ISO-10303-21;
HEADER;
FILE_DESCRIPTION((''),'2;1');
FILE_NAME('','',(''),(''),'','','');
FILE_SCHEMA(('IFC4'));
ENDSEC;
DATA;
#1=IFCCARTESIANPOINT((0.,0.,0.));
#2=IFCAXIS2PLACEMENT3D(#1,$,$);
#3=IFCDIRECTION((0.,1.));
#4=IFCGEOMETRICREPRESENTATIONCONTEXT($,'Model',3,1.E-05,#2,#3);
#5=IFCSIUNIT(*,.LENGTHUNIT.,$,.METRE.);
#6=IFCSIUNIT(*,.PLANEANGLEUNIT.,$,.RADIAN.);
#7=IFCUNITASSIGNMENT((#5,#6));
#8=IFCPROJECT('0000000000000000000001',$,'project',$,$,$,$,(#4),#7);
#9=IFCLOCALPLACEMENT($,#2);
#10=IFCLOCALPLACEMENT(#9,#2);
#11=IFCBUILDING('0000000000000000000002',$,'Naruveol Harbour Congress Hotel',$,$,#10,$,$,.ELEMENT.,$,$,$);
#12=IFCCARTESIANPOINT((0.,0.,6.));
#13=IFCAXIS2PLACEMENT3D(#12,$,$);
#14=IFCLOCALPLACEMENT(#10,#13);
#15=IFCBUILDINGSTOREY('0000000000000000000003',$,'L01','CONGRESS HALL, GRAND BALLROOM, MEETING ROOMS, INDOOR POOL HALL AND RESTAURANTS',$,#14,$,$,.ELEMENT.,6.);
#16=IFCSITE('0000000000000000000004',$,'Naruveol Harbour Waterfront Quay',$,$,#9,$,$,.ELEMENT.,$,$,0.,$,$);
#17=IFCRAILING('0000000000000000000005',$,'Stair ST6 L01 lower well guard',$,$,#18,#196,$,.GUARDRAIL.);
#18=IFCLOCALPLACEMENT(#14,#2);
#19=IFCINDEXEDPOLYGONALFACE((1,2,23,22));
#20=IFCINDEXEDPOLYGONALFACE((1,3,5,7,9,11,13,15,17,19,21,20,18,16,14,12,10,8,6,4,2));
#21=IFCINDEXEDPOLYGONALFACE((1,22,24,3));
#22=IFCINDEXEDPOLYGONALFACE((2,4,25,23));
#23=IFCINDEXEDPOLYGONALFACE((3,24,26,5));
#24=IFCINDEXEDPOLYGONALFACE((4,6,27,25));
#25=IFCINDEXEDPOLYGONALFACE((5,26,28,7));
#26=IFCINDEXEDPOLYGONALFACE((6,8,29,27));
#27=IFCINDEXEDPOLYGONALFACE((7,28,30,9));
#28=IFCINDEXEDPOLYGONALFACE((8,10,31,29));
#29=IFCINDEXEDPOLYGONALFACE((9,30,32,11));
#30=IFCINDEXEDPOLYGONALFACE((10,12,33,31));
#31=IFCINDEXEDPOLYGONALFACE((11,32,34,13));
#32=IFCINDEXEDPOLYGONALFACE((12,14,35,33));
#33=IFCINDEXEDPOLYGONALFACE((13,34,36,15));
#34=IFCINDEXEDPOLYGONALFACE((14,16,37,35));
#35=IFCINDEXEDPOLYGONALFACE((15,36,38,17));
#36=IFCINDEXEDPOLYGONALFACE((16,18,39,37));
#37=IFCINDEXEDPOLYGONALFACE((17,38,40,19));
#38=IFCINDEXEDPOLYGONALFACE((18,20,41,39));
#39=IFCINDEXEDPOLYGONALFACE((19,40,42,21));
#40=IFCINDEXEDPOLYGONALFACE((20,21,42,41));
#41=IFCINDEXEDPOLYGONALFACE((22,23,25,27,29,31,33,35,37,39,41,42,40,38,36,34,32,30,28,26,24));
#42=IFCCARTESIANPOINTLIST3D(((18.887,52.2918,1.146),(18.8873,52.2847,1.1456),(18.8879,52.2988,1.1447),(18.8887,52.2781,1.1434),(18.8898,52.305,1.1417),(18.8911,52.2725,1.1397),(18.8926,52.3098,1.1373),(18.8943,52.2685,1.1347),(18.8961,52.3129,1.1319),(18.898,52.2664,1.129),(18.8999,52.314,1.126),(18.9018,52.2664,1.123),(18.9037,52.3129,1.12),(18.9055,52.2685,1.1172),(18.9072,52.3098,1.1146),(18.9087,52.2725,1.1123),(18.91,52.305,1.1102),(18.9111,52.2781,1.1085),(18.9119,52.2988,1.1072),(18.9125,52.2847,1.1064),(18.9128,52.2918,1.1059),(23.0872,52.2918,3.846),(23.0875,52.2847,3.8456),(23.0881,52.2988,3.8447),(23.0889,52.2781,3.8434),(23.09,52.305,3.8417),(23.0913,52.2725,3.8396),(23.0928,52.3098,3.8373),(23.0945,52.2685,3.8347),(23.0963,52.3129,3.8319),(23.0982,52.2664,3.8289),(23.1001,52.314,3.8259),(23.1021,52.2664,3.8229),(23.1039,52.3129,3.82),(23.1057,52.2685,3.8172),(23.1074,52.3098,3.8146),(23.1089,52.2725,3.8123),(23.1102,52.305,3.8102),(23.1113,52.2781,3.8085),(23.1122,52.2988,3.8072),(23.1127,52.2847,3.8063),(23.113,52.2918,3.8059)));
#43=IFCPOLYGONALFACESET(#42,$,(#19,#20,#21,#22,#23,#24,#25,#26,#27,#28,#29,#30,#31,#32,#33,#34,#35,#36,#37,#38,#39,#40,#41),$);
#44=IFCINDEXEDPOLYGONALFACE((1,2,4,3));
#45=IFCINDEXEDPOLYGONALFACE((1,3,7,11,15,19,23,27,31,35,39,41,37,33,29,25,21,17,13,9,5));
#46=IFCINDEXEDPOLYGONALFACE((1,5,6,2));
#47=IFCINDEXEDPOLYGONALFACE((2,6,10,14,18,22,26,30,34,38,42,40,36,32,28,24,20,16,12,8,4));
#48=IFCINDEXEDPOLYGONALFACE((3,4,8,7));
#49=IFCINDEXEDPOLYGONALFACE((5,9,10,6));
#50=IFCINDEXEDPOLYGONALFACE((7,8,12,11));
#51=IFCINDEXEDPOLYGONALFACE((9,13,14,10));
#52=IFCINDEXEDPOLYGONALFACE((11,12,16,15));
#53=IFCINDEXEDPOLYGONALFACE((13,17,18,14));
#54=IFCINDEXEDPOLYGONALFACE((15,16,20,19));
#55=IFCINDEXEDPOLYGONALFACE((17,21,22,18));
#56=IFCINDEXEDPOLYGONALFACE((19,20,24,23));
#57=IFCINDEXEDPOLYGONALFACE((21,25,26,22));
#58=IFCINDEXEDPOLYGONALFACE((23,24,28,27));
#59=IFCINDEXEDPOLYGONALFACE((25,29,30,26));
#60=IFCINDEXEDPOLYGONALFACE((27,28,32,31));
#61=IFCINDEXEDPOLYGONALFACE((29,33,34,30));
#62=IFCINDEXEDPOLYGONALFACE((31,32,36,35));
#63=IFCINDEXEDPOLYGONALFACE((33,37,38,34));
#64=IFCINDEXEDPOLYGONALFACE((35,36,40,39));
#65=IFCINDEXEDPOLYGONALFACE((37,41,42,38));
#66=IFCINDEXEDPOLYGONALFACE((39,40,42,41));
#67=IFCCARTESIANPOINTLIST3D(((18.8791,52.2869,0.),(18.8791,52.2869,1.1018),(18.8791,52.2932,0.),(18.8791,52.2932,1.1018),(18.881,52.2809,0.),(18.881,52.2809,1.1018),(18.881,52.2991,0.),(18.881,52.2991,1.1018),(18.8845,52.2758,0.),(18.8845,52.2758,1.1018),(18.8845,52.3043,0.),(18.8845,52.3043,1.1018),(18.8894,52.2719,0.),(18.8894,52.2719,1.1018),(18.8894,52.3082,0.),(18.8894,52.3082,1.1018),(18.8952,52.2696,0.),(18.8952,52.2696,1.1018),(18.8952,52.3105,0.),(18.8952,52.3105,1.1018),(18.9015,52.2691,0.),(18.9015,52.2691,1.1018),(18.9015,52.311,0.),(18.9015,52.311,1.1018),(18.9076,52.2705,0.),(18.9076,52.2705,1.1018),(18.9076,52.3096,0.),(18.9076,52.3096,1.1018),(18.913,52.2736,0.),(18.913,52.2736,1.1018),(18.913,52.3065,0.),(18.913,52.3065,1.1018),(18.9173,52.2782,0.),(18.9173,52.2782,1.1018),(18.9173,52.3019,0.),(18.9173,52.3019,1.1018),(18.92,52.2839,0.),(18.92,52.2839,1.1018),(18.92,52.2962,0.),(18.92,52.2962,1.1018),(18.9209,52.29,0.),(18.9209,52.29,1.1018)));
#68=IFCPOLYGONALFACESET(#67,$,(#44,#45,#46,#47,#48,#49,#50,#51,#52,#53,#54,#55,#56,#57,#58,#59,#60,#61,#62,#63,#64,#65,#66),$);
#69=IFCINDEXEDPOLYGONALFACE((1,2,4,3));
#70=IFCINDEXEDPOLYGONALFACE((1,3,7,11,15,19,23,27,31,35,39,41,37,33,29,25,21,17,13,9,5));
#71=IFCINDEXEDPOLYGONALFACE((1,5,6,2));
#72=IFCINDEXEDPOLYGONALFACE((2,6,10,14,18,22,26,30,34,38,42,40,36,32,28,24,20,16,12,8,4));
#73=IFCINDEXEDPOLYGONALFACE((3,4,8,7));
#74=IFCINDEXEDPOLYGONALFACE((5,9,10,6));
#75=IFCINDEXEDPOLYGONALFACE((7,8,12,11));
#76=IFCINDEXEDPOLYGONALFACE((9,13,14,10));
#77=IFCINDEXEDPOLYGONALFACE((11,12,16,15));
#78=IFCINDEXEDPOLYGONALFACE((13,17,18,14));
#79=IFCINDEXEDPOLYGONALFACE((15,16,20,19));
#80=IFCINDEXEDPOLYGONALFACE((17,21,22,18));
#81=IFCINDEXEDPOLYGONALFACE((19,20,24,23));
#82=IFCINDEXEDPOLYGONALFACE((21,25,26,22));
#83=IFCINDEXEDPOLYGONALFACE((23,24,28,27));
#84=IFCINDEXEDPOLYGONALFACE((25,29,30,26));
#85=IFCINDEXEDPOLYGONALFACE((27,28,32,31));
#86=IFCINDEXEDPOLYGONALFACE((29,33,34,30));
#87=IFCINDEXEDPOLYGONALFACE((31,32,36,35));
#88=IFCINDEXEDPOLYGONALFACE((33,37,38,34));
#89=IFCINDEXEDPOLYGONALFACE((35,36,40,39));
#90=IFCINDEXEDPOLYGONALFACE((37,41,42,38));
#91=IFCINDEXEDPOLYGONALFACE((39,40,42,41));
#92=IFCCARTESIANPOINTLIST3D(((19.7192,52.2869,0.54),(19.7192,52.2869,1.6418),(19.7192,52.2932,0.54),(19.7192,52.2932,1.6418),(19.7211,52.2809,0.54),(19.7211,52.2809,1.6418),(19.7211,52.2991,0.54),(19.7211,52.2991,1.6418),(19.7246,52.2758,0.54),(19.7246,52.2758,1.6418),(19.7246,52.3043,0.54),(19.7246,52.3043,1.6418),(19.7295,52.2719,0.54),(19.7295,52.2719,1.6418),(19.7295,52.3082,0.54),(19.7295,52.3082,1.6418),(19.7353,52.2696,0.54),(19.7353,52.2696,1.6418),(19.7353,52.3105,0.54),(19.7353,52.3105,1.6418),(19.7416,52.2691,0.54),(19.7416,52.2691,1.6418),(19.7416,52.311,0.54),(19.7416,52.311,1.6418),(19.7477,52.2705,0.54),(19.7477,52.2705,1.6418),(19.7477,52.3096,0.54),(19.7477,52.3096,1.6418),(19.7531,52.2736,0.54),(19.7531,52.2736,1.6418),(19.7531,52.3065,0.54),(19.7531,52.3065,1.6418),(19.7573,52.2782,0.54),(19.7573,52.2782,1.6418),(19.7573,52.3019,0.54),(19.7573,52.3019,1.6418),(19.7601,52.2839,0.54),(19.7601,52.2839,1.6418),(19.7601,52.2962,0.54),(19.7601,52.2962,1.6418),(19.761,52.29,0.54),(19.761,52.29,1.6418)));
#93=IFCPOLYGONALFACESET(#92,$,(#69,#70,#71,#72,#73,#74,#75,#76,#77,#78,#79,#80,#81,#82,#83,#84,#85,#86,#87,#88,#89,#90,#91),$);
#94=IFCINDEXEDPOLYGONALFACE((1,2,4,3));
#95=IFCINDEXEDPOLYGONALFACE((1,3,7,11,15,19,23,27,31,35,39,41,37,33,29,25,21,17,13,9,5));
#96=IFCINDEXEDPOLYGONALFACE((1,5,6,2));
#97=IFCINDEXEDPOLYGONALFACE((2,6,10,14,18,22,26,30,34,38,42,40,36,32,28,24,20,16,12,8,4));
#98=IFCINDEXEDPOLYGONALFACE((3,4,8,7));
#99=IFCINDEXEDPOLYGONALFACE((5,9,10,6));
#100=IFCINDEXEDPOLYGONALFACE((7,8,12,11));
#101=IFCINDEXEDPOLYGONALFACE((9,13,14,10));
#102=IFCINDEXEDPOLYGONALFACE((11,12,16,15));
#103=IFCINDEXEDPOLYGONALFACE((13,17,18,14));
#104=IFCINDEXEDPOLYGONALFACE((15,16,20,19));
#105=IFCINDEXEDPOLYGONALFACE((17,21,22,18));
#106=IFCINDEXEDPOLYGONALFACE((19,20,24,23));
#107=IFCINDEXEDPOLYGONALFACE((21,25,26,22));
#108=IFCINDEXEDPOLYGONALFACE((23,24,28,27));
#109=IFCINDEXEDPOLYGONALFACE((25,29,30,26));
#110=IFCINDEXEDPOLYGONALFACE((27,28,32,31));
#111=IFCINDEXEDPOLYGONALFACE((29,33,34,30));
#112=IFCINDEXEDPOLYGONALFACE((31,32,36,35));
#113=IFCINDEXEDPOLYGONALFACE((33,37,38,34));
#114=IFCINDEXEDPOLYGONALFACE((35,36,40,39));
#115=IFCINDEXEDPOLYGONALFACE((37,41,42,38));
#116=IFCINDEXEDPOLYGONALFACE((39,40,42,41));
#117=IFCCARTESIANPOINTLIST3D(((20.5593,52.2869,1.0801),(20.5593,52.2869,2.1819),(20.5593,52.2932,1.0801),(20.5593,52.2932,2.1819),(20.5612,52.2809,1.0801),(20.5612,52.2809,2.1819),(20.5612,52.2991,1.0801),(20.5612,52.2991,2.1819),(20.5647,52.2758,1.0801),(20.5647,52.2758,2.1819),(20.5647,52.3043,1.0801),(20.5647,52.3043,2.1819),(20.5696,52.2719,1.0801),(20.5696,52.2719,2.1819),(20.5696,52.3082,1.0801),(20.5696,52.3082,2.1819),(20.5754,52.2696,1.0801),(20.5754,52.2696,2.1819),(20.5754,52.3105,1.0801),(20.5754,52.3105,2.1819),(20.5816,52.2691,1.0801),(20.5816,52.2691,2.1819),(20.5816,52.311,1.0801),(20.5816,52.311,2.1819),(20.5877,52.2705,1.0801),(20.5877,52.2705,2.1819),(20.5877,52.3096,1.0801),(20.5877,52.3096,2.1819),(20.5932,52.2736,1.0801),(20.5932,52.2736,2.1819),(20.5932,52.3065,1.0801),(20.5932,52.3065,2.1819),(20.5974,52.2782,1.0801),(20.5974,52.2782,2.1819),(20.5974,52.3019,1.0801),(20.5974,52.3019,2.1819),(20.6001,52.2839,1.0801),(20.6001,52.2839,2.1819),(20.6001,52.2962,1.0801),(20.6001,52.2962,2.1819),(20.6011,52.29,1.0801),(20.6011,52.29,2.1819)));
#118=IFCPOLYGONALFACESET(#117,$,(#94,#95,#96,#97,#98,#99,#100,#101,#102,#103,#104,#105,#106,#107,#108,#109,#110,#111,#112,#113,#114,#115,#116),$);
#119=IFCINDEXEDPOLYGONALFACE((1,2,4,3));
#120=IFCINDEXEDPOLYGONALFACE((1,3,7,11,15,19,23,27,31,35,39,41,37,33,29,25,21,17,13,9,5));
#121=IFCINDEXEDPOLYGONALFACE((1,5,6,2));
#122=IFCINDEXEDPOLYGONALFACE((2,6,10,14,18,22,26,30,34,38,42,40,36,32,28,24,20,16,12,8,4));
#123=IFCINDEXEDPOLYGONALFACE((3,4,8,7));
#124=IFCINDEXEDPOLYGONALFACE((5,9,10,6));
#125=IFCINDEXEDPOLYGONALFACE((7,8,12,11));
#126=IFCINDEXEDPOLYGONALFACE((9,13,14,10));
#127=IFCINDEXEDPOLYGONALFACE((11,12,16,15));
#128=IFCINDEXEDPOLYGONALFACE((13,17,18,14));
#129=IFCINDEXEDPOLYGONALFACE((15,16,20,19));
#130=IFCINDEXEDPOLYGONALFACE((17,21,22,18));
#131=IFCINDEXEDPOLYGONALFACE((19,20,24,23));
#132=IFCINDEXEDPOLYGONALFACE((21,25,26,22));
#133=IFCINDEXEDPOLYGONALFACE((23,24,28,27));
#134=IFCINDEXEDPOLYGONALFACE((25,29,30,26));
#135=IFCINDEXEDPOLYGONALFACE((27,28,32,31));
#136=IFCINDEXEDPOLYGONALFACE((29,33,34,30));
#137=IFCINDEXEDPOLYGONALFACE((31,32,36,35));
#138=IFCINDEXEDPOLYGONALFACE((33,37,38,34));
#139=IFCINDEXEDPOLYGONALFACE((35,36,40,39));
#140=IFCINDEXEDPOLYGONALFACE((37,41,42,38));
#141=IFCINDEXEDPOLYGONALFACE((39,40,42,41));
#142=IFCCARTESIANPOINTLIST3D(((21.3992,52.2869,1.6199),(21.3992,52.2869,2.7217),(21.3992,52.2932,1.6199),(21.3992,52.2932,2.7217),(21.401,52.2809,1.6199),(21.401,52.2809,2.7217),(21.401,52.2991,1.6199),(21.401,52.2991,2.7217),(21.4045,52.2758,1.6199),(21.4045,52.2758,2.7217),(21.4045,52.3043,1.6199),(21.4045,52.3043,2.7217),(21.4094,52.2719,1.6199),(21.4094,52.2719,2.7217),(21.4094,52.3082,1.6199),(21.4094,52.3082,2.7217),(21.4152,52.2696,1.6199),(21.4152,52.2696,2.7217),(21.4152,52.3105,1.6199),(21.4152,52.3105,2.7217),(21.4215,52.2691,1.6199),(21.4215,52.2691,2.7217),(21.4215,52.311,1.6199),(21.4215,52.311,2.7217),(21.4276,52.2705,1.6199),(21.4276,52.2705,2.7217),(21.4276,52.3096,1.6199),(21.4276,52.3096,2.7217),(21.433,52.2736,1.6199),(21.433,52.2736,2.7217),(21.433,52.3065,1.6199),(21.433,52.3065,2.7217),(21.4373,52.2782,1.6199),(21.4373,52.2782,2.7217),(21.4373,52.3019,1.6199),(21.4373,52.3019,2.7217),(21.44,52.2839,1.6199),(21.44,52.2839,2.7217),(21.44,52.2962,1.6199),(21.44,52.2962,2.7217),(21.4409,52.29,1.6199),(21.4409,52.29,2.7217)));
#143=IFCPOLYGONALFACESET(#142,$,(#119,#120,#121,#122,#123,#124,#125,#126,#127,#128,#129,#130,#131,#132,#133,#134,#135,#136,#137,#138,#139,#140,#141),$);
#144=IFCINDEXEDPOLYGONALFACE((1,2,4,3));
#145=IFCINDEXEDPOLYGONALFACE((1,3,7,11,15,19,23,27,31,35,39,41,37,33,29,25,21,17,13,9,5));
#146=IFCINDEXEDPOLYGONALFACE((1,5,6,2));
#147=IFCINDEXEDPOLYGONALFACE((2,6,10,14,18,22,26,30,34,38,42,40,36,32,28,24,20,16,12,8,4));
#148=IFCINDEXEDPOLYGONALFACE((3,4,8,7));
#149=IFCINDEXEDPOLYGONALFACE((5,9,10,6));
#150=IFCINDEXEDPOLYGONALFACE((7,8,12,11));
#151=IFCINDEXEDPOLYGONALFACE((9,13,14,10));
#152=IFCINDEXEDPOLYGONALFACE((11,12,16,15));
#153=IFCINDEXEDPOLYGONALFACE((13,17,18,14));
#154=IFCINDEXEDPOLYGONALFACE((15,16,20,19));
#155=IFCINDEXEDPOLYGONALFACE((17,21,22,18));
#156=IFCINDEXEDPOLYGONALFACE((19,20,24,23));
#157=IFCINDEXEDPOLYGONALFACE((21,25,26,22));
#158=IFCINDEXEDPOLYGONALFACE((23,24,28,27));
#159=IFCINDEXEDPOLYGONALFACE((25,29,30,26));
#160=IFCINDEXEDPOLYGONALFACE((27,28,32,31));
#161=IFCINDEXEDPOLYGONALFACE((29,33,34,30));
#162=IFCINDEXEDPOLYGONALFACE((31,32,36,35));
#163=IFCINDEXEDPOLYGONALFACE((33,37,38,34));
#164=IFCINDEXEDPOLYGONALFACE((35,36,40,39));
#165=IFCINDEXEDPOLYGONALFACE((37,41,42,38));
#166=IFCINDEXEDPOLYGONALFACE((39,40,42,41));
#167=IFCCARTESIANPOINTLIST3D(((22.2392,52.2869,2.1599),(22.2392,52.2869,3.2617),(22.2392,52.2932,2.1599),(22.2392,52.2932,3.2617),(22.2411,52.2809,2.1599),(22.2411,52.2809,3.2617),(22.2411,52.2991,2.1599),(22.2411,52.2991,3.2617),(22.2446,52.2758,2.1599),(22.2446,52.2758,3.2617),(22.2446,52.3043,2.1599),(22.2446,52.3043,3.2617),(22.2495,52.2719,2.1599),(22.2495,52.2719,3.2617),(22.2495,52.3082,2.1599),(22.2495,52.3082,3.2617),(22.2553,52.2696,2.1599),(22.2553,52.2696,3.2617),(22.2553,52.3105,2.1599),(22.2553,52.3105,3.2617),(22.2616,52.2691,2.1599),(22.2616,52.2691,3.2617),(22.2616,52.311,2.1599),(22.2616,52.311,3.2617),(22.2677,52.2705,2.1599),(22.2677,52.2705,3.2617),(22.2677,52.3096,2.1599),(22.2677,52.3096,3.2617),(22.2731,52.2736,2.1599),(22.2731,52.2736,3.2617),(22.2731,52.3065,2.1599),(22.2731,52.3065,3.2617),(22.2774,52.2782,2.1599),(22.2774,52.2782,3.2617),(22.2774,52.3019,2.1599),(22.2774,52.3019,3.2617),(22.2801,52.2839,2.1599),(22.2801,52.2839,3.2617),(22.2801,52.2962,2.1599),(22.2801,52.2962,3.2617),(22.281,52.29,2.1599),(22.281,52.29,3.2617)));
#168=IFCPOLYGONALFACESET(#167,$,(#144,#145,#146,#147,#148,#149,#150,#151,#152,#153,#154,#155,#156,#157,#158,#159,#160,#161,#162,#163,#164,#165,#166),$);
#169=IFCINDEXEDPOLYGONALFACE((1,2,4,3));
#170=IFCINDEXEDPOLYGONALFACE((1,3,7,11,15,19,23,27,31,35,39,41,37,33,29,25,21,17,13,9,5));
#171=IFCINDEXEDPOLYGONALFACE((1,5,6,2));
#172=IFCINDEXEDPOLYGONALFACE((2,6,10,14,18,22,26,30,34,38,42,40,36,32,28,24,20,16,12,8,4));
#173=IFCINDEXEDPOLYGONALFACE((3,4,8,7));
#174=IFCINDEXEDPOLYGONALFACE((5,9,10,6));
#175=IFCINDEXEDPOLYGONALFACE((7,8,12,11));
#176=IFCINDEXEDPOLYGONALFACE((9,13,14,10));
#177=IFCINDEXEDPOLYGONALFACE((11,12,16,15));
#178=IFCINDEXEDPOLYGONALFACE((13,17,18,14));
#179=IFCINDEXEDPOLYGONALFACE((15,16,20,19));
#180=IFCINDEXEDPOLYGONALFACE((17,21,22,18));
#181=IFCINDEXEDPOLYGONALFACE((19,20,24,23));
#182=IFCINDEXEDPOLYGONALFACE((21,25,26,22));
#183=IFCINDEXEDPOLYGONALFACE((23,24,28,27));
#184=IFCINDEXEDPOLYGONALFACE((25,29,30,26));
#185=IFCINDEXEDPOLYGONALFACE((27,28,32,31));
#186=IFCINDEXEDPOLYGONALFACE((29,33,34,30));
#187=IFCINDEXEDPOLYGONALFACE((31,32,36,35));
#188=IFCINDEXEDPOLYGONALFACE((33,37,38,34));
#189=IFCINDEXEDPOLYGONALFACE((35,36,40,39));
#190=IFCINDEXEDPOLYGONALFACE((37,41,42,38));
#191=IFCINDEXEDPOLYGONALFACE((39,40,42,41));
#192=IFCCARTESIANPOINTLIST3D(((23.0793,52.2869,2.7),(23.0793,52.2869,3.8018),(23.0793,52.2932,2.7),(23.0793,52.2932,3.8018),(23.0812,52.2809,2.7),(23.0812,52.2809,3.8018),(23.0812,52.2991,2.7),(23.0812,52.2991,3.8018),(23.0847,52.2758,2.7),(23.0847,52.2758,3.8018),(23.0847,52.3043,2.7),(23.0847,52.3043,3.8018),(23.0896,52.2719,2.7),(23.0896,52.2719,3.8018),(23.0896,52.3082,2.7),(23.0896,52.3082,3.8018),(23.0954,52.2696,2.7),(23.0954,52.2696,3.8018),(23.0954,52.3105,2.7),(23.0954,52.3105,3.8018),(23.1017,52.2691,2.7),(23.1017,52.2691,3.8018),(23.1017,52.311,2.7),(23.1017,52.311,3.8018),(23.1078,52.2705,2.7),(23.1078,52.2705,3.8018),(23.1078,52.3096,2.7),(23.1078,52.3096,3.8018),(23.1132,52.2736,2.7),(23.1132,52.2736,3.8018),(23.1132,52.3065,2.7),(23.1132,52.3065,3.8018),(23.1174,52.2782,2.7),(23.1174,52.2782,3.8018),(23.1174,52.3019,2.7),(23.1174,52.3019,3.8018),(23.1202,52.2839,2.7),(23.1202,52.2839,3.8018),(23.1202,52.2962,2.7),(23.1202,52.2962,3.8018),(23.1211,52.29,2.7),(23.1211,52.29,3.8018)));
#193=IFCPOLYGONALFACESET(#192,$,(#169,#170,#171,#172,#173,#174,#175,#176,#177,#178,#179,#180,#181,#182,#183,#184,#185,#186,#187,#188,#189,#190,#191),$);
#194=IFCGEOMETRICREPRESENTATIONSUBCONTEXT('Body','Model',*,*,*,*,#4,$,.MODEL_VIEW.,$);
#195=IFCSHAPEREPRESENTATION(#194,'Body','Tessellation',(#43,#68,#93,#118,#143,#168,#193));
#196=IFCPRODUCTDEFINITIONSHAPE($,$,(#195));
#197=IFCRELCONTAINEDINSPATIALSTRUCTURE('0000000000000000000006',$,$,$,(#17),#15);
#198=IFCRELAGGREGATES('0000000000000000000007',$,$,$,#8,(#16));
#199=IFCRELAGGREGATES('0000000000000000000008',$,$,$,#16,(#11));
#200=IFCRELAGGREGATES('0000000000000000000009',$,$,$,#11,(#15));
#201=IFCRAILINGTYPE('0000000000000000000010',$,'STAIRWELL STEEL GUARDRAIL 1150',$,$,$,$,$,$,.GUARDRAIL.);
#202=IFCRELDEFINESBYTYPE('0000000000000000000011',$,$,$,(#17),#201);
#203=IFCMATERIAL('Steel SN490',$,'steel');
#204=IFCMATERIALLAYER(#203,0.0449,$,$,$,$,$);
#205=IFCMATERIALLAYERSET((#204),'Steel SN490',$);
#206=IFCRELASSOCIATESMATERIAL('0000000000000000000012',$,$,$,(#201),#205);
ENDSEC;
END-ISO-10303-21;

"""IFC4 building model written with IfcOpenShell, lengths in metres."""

from ifc_helpers import new_model, si_unit, direction, frame, origin, origin_2d, place, context, subcontext, project, spatial, circle, extrude, material, layer, layer_set, type_object, element, save


model = new_model("IFC4")

# Units and contexts
model_context = context("Model", 3, precision=1e-05, world=origin(), true_north=direction((0.0, 1.0)))
body_context = subcontext(model_context, "Body", "Model", "MODEL_VIEW")
ifc_project = project(units=[si_unit("LENGTHUNIT", "METRE"), si_unit("PLANEANGLEUNIT", "RADIAN")], contexts=[model_context])

# Site, building, storey
site_placement = place(None, origin())
site = spatial("IfcSite", under=ifc_project, at=site_placement, Name="Naruveol Harbour Waterfront Quay", CompositionType="ELEMENT", RefElevation=0.0)
building_placement = place(site_placement, origin())
building = spatial("IfcBuilding", under=site, at=building_placement, Name="Naruveol Harbour Congress Hotel", CompositionType="ELEMENT")
storey_placement = place(building_placement, frame((0.0, 0.0, 6.0)))
storey = spatial("IfcBuildingStorey", under=building, at=storey_placement, Name="L01", Description="CONGRESS HALL, GRAND BALLROOM, MEETING ROOMS, INDOOR POOL HALL AND RESTAURANTS", CompositionType="ELEMENT", Elevation=6.0)

# Railing
ifc_material_1 = material(Name="Steel SN490", Category="steel")
ifc_layer_1 = layer(ifc_material_1, 0.0449)
ifc_layer_set_1 = layer_set([ifc_layer_1], Name="Steel SN490")
railing_type_1 = type_object("IfcRailingType", Name="STAIRWELL STEEL GUARDRAIL 1150", PredefinedType="GUARDRAIL", material=ifc_layer_set_1)
railing_1_placement = place(storey_placement, frame((18.8999, 52.29, 0.0)))
element("IfcRailing", 1, at=railing_1_placement, inside=storey, type_object=railing_type_1, Name="Stair ST6 L01 lower well guard", PredefinedType="GUARDRAIL", context=body_context, shape_type="SweptSolid", body=[
    extrude(circle(Radius=0.0239, at=origin_2d()), frame((0.0, 0.0, 1.126), z_axis=(0.841194, 0.0, 0.540733), x_axis=(0.0, 1.0, 0.0)), (0.0, 0.0, 1.0), 4.9932),
    extrude(circle(Radius=0.021, at=origin_2d()), origin(), (0.0, 0.0, 1.0), 1.1018),
    extrude(circle(Radius=0.021, at=origin_2d()), frame((0.8401, 0.0, 0.54)), (0.0, 0.0, 1.0), 1.1018),
    extrude(circle(Radius=0.021, at=origin_2d()), frame((1.6802, 0.0, 1.0801)), (0.0, 0.0, 1.0), 1.1018),
    extrude(circle(Radius=0.021, at=origin_2d()), frame((2.52, 0.0, 1.6199)), (0.0, 0.0, 1.0), 1.1018),
    extrude(circle(Radius=0.021, at=origin_2d()), frame((3.3601, 0.0, 2.1599)), (0.0, 0.0, 1.0), 1.1018),
    extrude(circle(Radius=0.021, at=origin_2d()), frame((4.2002, 0.0, 2.7)), (0.0, 0.0, 1.0), 1.1018),
])

save(model, "model.ifc")
